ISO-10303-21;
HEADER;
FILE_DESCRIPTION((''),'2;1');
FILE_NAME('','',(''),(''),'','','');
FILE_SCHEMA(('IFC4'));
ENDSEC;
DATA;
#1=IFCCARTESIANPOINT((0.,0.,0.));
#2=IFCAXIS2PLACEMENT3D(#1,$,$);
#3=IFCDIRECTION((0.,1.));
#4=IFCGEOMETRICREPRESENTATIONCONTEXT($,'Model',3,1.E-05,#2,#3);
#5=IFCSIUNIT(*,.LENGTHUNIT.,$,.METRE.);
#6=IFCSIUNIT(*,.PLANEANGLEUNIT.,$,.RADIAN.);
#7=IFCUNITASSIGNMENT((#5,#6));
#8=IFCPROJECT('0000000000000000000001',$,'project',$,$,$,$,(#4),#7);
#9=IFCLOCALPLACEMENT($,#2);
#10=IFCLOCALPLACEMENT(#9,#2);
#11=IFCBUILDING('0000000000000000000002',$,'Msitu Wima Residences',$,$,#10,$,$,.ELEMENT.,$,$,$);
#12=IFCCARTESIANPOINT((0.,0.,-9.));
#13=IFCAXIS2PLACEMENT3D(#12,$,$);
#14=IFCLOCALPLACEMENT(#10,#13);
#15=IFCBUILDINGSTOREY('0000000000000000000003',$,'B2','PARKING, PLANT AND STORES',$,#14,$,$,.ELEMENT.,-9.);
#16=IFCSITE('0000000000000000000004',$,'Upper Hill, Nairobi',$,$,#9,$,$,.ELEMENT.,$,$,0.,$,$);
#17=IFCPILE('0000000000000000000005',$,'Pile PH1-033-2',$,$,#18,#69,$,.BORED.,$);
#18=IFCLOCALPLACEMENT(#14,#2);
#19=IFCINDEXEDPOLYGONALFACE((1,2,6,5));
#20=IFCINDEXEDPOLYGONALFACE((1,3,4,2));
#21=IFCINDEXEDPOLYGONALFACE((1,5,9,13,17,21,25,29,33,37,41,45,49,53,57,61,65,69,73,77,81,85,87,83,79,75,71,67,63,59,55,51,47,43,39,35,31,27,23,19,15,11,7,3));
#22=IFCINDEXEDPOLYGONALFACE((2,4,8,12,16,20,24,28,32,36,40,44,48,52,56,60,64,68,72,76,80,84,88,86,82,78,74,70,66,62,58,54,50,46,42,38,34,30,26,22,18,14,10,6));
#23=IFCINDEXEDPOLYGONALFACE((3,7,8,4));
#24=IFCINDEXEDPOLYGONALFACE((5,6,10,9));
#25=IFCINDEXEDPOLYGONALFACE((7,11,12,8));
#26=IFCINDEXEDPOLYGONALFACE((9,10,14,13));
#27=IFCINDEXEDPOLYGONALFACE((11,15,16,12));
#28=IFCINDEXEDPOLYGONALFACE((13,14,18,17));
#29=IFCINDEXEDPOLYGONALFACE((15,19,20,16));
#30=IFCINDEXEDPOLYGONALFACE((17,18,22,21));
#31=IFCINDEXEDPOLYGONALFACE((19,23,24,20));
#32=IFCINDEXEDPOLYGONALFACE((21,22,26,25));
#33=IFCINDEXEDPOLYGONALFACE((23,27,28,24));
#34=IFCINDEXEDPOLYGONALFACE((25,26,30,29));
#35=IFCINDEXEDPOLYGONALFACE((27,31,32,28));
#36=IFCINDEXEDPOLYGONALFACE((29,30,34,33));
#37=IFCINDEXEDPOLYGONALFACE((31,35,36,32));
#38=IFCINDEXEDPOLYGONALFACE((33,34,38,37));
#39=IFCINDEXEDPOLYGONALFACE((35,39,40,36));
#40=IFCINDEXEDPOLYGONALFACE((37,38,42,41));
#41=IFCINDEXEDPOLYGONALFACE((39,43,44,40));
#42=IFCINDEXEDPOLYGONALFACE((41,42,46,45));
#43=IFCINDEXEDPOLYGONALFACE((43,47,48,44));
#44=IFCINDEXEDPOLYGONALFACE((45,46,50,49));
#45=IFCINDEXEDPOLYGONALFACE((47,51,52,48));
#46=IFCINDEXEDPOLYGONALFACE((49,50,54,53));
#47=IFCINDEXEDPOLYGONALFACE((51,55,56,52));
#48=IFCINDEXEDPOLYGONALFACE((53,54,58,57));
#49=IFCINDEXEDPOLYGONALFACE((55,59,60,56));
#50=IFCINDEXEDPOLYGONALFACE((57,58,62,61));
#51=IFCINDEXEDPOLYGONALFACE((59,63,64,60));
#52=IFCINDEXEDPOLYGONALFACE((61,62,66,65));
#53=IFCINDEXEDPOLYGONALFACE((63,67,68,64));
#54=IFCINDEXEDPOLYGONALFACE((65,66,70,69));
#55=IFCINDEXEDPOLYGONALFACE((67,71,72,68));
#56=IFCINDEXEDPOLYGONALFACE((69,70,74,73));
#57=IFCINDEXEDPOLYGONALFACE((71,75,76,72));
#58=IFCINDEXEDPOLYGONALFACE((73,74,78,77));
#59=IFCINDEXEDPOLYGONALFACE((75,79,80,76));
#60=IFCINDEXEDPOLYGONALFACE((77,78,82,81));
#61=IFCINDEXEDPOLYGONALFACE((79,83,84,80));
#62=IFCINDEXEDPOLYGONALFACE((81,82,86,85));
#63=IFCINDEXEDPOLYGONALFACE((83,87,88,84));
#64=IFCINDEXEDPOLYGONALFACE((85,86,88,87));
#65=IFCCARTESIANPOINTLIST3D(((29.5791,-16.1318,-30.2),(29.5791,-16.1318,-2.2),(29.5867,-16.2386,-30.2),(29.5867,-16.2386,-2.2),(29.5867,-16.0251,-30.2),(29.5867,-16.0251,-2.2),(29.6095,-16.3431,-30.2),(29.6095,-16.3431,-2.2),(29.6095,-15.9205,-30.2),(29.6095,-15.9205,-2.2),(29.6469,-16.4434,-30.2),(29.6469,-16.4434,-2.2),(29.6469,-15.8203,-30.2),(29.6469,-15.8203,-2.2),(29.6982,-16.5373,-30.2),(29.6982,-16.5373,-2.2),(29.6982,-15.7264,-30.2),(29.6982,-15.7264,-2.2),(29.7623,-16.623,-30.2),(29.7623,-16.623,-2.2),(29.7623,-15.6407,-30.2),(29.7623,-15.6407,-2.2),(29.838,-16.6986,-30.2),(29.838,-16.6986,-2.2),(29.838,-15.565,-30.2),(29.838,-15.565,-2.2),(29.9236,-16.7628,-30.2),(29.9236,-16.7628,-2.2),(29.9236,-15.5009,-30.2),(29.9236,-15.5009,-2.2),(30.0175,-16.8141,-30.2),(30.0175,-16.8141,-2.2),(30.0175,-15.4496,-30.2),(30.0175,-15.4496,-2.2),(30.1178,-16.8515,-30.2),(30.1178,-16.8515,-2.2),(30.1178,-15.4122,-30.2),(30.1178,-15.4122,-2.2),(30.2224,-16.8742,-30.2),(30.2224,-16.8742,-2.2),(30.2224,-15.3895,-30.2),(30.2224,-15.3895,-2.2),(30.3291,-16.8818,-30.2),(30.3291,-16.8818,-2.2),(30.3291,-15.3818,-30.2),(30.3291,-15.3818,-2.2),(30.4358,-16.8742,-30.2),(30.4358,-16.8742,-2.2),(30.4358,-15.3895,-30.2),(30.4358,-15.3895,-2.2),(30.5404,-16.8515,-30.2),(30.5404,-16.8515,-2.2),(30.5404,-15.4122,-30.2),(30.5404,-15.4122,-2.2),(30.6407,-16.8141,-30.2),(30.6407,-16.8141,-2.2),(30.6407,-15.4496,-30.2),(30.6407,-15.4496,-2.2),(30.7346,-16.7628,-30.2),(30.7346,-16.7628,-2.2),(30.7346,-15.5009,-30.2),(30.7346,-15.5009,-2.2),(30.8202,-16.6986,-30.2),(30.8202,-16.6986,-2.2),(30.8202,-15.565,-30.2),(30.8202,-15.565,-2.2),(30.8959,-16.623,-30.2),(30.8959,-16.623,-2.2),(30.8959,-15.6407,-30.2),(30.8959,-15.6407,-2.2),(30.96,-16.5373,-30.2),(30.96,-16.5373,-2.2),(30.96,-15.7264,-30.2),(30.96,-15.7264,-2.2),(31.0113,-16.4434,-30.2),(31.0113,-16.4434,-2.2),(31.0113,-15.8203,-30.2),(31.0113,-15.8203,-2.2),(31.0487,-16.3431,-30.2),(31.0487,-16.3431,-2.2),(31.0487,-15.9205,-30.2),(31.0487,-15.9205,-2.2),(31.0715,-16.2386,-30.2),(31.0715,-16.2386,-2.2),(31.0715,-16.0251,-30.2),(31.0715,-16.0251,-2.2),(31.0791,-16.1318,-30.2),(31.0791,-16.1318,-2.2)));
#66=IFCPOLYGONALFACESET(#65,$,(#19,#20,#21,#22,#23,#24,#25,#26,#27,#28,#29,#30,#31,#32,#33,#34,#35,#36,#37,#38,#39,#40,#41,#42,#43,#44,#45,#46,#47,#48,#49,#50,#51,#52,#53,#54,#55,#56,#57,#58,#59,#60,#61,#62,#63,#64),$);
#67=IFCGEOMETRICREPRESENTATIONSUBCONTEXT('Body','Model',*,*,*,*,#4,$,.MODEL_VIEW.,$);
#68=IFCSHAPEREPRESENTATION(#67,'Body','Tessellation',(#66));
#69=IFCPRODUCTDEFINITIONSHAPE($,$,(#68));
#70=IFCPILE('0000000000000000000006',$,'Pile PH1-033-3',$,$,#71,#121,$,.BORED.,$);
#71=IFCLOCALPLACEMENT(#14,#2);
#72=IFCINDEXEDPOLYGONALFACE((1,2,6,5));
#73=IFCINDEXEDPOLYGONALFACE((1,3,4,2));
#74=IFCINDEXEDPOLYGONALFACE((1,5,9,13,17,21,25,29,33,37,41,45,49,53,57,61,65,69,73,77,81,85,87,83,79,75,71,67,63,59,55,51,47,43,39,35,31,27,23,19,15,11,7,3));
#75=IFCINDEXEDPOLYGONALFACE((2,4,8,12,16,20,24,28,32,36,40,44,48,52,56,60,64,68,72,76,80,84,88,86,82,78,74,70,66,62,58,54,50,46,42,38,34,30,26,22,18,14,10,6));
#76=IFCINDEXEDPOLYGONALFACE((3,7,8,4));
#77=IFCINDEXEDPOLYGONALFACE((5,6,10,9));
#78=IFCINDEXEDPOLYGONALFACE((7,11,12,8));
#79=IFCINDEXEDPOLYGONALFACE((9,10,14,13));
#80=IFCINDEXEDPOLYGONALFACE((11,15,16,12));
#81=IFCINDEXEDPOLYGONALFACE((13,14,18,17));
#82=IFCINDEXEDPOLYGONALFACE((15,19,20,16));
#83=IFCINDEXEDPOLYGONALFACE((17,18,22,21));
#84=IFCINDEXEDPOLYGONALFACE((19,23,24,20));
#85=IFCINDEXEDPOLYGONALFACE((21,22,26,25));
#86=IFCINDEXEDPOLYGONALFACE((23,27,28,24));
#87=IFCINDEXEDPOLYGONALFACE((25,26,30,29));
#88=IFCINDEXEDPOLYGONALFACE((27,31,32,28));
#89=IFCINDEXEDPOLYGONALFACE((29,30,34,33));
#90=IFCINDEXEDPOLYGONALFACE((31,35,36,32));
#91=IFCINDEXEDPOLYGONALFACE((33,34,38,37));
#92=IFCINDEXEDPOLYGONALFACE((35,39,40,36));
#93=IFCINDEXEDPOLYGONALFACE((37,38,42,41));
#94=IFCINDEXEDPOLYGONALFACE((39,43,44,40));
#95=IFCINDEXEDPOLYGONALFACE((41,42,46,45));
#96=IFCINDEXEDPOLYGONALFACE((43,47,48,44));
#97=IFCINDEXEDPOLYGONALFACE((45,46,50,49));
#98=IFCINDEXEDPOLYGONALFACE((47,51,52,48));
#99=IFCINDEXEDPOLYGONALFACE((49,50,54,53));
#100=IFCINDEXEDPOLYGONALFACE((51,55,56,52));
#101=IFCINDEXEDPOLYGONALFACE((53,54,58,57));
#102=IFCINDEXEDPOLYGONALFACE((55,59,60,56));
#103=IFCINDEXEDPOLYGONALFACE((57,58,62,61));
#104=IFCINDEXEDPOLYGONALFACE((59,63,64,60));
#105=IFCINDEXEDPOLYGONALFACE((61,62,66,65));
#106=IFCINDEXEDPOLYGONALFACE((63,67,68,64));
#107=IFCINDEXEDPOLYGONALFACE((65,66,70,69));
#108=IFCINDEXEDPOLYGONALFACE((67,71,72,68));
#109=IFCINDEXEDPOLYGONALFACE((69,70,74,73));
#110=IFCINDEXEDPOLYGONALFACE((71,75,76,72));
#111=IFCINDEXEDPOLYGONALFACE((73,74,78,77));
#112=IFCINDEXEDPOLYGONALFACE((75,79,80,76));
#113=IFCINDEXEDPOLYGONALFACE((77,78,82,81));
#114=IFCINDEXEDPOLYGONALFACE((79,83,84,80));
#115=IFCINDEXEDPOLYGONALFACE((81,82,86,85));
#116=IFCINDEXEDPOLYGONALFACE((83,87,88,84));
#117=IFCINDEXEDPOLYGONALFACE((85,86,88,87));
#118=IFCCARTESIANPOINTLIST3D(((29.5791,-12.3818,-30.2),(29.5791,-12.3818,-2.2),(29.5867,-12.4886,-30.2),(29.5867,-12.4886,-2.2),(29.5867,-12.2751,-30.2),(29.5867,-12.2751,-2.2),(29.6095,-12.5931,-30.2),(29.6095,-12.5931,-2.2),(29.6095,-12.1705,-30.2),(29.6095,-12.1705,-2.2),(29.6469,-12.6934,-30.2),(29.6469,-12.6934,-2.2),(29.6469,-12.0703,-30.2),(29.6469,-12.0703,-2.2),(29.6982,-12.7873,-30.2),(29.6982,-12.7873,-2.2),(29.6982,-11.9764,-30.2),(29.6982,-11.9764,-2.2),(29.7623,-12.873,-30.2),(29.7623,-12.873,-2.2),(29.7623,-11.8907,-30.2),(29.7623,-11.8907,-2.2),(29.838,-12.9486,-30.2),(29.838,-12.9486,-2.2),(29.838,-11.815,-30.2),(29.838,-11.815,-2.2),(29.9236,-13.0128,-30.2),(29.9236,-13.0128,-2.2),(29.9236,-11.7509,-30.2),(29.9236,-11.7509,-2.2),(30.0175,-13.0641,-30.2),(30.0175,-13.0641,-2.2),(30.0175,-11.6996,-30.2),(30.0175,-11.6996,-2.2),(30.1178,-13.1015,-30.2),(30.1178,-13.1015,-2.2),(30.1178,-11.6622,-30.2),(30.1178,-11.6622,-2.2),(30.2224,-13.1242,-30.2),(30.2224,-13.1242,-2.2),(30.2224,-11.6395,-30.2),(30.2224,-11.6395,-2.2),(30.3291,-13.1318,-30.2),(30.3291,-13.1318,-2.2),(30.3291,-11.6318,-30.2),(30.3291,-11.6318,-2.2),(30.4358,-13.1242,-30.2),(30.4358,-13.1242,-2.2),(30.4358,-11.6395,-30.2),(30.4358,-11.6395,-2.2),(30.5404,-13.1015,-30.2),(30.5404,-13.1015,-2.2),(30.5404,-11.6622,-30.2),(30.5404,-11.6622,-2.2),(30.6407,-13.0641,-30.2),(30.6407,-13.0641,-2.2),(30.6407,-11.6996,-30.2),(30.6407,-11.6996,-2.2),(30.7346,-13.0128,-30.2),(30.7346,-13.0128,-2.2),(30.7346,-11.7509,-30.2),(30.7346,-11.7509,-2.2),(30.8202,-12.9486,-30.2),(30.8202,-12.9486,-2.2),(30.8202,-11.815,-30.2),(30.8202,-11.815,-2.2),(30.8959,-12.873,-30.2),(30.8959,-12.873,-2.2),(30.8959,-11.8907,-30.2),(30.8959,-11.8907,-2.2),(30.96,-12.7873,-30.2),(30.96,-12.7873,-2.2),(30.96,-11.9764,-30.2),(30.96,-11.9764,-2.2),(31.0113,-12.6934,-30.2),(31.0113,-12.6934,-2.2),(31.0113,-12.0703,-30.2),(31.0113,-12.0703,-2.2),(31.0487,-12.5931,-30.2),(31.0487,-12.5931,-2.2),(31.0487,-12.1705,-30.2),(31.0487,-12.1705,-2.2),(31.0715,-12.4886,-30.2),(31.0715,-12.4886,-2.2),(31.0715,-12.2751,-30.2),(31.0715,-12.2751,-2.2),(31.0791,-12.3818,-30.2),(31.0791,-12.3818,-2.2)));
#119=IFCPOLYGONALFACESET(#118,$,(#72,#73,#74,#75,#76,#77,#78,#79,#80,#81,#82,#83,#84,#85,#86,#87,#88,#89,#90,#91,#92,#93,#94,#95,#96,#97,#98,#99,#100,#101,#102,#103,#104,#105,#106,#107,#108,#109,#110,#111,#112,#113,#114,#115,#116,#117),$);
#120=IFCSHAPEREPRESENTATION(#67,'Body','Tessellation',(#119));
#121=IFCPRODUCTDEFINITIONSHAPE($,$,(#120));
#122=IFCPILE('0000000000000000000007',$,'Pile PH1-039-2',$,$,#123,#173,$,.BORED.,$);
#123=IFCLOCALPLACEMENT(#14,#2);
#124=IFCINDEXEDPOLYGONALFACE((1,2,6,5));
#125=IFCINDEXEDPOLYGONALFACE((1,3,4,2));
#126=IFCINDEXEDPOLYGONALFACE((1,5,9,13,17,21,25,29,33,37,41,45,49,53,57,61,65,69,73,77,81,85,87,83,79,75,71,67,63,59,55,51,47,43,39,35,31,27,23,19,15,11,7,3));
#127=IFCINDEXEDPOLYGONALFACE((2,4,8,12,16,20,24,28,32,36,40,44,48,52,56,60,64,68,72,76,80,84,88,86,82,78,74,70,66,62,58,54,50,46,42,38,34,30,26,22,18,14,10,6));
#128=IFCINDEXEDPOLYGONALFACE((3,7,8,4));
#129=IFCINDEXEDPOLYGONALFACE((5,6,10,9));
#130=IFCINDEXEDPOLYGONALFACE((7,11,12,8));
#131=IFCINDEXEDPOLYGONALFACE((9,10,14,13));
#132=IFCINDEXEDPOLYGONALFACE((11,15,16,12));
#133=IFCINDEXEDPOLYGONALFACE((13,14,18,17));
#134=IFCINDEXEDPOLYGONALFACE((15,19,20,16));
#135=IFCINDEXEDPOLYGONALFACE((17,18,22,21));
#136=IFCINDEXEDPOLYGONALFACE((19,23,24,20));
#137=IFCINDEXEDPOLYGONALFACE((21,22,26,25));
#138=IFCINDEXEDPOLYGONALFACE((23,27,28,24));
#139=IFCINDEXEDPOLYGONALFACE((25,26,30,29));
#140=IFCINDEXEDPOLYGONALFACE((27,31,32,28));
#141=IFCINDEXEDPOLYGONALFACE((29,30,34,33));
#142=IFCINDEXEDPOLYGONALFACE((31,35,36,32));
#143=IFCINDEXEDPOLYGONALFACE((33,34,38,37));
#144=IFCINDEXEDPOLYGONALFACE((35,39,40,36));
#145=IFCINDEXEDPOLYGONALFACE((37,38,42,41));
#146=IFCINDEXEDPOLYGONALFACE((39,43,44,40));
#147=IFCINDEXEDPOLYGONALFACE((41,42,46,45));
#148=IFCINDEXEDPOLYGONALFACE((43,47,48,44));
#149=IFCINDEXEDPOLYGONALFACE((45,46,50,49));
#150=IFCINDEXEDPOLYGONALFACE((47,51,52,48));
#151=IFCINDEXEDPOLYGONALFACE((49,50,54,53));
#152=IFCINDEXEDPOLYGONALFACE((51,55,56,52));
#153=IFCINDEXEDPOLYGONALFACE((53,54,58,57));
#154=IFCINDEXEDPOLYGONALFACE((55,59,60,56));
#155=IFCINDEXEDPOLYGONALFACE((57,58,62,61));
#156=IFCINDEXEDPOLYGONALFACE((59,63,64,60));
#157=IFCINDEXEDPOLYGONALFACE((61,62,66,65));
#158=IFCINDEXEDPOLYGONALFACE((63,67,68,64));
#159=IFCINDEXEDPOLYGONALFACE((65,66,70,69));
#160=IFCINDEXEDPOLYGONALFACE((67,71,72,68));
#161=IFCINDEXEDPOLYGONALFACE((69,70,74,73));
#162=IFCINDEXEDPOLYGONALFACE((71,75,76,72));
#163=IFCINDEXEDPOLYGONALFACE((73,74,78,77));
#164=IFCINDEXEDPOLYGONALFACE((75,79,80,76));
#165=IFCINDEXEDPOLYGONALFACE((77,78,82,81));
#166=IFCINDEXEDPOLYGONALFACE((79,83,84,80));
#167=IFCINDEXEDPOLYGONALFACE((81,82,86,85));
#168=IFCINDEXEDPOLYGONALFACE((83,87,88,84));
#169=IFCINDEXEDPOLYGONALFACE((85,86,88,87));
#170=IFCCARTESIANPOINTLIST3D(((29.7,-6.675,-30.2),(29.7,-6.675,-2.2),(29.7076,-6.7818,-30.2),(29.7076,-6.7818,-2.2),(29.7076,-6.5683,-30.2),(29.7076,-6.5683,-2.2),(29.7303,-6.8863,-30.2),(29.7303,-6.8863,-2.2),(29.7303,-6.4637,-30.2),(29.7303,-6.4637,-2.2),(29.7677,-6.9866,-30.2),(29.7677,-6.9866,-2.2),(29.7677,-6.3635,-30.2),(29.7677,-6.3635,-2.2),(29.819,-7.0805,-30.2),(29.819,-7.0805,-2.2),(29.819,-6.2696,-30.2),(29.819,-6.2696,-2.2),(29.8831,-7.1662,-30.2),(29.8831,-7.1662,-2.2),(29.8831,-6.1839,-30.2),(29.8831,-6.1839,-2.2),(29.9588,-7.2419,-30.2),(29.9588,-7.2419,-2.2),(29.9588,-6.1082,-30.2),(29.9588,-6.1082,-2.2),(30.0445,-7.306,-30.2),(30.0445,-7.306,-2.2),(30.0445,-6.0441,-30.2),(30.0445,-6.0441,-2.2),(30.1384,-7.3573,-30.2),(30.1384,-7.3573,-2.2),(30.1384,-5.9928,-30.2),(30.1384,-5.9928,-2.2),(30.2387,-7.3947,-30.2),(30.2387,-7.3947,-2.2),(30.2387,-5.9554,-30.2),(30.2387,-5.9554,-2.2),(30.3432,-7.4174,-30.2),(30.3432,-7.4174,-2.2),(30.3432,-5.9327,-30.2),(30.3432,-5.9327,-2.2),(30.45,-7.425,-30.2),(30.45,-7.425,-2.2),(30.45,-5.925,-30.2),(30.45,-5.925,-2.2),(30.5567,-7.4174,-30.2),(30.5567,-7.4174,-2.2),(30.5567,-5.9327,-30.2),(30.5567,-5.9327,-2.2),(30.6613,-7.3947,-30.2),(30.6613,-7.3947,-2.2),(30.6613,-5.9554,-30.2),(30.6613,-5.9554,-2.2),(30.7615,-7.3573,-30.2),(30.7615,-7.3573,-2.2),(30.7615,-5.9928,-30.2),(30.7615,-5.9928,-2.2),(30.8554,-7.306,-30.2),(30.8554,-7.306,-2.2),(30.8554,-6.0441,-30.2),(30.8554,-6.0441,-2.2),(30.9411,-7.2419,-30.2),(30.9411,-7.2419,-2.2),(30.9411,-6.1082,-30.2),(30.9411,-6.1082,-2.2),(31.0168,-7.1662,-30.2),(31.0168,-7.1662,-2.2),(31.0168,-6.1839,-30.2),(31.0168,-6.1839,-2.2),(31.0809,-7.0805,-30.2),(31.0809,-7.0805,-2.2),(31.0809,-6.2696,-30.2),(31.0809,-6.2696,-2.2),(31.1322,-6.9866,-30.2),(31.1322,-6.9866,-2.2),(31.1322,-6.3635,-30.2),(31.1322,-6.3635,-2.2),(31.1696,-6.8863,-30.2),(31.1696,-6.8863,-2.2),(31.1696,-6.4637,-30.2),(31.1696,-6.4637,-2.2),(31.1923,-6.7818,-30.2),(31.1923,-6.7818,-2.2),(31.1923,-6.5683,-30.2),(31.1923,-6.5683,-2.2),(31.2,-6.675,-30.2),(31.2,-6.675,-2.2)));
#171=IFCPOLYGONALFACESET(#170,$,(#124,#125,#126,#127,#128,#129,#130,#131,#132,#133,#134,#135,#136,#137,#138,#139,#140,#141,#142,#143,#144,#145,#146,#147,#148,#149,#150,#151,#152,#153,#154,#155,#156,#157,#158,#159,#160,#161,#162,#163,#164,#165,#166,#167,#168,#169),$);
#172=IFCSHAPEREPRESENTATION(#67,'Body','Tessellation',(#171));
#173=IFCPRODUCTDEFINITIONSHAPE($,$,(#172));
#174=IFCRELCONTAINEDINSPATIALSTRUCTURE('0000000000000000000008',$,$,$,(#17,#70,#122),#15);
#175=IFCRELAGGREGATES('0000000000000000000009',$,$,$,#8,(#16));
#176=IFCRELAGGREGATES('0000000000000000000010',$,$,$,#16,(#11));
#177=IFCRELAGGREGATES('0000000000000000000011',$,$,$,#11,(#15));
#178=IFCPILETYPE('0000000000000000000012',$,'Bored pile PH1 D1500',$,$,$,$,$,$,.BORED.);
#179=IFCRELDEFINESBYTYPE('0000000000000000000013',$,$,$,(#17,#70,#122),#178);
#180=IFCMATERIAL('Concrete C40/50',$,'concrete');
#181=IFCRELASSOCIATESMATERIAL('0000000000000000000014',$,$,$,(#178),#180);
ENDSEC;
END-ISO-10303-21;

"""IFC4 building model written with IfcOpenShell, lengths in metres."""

from ifc_helpers import new_model, si_unit, direction, frame, origin, origin_2d, place, context, subcontext, project, spatial, circle, extrude, material, type_object, element, save


model = new_model("IFC4")

# Units and contexts
model_context = context("Model", 3, precision=1e-05, world=origin(), true_north=direction((0.0, 1.0)))
body_context = subcontext(model_context, "Body", "Model", "MODEL_VIEW")
ifc_project = project(units=[si_unit("LENGTHUNIT", "METRE"), si_unit("PLANEANGLEUNIT", "RADIAN")], contexts=[model_context])

# Site, building, storey
site_placement = place(None, origin())
site = spatial("IfcSite", under=ifc_project, at=site_placement, Name="Upper Hill, Nairobi", CompositionType="ELEMENT", RefElevation=0.0)
building_placement = place(site_placement, origin())
building = spatial("IfcBuilding", under=site, at=building_placement, Name="Msitu Wima Residences", CompositionType="ELEMENT")
storey_placement = place(building_placement, frame((0.0, 0.0, -9.0)))
storey = spatial("IfcBuildingStorey", under=building, at=storey_placement, Name="B2", Description="PARKING, PLANT AND STORES", CompositionType="ELEMENT", Elevation=-9.0)

# Piles
ifc_material_1 = material(Name="Concrete C40/50", Category="concrete")
pile_type_1 = type_object("IfcPileType", Name="Bored pile PH1 D1500", PredefinedType="BORED", material=ifc_material_1)
for number, where, z_axis, x_axis, name in (
    (1, (30.3291, -16.1318, -2.2), (0.0, 0.0, -1.0), (1.0, 0.0, 0.0), "Pile PH1-033-2"),
    (2, (30.3291, -12.3818, -2.2), (0.0, 0.0, -1.0), (1.0, 0.0, 0.0), "Pile PH1-033-3"),
    (3, (30.45, -6.675, -2.2), (0.0, 0.0, -1.0), (1.0, 0.0, 0.0), "Pile PH1-039-2"),
):
    element("IfcPile", number, at=place(storey_placement, frame(where, z_axis=z_axis, x_axis=x_axis)), inside=storey, type_object=pile_type_1, Name=name, PredefinedType="BORED", context=body_context, shape_type="SweptSolid", body=[
        extrude(circle(Radius=0.75, at=origin_2d()), origin(), (0.0, 0.0, 1.0), 28.0),
    ])

save(model, "model.ifc")
